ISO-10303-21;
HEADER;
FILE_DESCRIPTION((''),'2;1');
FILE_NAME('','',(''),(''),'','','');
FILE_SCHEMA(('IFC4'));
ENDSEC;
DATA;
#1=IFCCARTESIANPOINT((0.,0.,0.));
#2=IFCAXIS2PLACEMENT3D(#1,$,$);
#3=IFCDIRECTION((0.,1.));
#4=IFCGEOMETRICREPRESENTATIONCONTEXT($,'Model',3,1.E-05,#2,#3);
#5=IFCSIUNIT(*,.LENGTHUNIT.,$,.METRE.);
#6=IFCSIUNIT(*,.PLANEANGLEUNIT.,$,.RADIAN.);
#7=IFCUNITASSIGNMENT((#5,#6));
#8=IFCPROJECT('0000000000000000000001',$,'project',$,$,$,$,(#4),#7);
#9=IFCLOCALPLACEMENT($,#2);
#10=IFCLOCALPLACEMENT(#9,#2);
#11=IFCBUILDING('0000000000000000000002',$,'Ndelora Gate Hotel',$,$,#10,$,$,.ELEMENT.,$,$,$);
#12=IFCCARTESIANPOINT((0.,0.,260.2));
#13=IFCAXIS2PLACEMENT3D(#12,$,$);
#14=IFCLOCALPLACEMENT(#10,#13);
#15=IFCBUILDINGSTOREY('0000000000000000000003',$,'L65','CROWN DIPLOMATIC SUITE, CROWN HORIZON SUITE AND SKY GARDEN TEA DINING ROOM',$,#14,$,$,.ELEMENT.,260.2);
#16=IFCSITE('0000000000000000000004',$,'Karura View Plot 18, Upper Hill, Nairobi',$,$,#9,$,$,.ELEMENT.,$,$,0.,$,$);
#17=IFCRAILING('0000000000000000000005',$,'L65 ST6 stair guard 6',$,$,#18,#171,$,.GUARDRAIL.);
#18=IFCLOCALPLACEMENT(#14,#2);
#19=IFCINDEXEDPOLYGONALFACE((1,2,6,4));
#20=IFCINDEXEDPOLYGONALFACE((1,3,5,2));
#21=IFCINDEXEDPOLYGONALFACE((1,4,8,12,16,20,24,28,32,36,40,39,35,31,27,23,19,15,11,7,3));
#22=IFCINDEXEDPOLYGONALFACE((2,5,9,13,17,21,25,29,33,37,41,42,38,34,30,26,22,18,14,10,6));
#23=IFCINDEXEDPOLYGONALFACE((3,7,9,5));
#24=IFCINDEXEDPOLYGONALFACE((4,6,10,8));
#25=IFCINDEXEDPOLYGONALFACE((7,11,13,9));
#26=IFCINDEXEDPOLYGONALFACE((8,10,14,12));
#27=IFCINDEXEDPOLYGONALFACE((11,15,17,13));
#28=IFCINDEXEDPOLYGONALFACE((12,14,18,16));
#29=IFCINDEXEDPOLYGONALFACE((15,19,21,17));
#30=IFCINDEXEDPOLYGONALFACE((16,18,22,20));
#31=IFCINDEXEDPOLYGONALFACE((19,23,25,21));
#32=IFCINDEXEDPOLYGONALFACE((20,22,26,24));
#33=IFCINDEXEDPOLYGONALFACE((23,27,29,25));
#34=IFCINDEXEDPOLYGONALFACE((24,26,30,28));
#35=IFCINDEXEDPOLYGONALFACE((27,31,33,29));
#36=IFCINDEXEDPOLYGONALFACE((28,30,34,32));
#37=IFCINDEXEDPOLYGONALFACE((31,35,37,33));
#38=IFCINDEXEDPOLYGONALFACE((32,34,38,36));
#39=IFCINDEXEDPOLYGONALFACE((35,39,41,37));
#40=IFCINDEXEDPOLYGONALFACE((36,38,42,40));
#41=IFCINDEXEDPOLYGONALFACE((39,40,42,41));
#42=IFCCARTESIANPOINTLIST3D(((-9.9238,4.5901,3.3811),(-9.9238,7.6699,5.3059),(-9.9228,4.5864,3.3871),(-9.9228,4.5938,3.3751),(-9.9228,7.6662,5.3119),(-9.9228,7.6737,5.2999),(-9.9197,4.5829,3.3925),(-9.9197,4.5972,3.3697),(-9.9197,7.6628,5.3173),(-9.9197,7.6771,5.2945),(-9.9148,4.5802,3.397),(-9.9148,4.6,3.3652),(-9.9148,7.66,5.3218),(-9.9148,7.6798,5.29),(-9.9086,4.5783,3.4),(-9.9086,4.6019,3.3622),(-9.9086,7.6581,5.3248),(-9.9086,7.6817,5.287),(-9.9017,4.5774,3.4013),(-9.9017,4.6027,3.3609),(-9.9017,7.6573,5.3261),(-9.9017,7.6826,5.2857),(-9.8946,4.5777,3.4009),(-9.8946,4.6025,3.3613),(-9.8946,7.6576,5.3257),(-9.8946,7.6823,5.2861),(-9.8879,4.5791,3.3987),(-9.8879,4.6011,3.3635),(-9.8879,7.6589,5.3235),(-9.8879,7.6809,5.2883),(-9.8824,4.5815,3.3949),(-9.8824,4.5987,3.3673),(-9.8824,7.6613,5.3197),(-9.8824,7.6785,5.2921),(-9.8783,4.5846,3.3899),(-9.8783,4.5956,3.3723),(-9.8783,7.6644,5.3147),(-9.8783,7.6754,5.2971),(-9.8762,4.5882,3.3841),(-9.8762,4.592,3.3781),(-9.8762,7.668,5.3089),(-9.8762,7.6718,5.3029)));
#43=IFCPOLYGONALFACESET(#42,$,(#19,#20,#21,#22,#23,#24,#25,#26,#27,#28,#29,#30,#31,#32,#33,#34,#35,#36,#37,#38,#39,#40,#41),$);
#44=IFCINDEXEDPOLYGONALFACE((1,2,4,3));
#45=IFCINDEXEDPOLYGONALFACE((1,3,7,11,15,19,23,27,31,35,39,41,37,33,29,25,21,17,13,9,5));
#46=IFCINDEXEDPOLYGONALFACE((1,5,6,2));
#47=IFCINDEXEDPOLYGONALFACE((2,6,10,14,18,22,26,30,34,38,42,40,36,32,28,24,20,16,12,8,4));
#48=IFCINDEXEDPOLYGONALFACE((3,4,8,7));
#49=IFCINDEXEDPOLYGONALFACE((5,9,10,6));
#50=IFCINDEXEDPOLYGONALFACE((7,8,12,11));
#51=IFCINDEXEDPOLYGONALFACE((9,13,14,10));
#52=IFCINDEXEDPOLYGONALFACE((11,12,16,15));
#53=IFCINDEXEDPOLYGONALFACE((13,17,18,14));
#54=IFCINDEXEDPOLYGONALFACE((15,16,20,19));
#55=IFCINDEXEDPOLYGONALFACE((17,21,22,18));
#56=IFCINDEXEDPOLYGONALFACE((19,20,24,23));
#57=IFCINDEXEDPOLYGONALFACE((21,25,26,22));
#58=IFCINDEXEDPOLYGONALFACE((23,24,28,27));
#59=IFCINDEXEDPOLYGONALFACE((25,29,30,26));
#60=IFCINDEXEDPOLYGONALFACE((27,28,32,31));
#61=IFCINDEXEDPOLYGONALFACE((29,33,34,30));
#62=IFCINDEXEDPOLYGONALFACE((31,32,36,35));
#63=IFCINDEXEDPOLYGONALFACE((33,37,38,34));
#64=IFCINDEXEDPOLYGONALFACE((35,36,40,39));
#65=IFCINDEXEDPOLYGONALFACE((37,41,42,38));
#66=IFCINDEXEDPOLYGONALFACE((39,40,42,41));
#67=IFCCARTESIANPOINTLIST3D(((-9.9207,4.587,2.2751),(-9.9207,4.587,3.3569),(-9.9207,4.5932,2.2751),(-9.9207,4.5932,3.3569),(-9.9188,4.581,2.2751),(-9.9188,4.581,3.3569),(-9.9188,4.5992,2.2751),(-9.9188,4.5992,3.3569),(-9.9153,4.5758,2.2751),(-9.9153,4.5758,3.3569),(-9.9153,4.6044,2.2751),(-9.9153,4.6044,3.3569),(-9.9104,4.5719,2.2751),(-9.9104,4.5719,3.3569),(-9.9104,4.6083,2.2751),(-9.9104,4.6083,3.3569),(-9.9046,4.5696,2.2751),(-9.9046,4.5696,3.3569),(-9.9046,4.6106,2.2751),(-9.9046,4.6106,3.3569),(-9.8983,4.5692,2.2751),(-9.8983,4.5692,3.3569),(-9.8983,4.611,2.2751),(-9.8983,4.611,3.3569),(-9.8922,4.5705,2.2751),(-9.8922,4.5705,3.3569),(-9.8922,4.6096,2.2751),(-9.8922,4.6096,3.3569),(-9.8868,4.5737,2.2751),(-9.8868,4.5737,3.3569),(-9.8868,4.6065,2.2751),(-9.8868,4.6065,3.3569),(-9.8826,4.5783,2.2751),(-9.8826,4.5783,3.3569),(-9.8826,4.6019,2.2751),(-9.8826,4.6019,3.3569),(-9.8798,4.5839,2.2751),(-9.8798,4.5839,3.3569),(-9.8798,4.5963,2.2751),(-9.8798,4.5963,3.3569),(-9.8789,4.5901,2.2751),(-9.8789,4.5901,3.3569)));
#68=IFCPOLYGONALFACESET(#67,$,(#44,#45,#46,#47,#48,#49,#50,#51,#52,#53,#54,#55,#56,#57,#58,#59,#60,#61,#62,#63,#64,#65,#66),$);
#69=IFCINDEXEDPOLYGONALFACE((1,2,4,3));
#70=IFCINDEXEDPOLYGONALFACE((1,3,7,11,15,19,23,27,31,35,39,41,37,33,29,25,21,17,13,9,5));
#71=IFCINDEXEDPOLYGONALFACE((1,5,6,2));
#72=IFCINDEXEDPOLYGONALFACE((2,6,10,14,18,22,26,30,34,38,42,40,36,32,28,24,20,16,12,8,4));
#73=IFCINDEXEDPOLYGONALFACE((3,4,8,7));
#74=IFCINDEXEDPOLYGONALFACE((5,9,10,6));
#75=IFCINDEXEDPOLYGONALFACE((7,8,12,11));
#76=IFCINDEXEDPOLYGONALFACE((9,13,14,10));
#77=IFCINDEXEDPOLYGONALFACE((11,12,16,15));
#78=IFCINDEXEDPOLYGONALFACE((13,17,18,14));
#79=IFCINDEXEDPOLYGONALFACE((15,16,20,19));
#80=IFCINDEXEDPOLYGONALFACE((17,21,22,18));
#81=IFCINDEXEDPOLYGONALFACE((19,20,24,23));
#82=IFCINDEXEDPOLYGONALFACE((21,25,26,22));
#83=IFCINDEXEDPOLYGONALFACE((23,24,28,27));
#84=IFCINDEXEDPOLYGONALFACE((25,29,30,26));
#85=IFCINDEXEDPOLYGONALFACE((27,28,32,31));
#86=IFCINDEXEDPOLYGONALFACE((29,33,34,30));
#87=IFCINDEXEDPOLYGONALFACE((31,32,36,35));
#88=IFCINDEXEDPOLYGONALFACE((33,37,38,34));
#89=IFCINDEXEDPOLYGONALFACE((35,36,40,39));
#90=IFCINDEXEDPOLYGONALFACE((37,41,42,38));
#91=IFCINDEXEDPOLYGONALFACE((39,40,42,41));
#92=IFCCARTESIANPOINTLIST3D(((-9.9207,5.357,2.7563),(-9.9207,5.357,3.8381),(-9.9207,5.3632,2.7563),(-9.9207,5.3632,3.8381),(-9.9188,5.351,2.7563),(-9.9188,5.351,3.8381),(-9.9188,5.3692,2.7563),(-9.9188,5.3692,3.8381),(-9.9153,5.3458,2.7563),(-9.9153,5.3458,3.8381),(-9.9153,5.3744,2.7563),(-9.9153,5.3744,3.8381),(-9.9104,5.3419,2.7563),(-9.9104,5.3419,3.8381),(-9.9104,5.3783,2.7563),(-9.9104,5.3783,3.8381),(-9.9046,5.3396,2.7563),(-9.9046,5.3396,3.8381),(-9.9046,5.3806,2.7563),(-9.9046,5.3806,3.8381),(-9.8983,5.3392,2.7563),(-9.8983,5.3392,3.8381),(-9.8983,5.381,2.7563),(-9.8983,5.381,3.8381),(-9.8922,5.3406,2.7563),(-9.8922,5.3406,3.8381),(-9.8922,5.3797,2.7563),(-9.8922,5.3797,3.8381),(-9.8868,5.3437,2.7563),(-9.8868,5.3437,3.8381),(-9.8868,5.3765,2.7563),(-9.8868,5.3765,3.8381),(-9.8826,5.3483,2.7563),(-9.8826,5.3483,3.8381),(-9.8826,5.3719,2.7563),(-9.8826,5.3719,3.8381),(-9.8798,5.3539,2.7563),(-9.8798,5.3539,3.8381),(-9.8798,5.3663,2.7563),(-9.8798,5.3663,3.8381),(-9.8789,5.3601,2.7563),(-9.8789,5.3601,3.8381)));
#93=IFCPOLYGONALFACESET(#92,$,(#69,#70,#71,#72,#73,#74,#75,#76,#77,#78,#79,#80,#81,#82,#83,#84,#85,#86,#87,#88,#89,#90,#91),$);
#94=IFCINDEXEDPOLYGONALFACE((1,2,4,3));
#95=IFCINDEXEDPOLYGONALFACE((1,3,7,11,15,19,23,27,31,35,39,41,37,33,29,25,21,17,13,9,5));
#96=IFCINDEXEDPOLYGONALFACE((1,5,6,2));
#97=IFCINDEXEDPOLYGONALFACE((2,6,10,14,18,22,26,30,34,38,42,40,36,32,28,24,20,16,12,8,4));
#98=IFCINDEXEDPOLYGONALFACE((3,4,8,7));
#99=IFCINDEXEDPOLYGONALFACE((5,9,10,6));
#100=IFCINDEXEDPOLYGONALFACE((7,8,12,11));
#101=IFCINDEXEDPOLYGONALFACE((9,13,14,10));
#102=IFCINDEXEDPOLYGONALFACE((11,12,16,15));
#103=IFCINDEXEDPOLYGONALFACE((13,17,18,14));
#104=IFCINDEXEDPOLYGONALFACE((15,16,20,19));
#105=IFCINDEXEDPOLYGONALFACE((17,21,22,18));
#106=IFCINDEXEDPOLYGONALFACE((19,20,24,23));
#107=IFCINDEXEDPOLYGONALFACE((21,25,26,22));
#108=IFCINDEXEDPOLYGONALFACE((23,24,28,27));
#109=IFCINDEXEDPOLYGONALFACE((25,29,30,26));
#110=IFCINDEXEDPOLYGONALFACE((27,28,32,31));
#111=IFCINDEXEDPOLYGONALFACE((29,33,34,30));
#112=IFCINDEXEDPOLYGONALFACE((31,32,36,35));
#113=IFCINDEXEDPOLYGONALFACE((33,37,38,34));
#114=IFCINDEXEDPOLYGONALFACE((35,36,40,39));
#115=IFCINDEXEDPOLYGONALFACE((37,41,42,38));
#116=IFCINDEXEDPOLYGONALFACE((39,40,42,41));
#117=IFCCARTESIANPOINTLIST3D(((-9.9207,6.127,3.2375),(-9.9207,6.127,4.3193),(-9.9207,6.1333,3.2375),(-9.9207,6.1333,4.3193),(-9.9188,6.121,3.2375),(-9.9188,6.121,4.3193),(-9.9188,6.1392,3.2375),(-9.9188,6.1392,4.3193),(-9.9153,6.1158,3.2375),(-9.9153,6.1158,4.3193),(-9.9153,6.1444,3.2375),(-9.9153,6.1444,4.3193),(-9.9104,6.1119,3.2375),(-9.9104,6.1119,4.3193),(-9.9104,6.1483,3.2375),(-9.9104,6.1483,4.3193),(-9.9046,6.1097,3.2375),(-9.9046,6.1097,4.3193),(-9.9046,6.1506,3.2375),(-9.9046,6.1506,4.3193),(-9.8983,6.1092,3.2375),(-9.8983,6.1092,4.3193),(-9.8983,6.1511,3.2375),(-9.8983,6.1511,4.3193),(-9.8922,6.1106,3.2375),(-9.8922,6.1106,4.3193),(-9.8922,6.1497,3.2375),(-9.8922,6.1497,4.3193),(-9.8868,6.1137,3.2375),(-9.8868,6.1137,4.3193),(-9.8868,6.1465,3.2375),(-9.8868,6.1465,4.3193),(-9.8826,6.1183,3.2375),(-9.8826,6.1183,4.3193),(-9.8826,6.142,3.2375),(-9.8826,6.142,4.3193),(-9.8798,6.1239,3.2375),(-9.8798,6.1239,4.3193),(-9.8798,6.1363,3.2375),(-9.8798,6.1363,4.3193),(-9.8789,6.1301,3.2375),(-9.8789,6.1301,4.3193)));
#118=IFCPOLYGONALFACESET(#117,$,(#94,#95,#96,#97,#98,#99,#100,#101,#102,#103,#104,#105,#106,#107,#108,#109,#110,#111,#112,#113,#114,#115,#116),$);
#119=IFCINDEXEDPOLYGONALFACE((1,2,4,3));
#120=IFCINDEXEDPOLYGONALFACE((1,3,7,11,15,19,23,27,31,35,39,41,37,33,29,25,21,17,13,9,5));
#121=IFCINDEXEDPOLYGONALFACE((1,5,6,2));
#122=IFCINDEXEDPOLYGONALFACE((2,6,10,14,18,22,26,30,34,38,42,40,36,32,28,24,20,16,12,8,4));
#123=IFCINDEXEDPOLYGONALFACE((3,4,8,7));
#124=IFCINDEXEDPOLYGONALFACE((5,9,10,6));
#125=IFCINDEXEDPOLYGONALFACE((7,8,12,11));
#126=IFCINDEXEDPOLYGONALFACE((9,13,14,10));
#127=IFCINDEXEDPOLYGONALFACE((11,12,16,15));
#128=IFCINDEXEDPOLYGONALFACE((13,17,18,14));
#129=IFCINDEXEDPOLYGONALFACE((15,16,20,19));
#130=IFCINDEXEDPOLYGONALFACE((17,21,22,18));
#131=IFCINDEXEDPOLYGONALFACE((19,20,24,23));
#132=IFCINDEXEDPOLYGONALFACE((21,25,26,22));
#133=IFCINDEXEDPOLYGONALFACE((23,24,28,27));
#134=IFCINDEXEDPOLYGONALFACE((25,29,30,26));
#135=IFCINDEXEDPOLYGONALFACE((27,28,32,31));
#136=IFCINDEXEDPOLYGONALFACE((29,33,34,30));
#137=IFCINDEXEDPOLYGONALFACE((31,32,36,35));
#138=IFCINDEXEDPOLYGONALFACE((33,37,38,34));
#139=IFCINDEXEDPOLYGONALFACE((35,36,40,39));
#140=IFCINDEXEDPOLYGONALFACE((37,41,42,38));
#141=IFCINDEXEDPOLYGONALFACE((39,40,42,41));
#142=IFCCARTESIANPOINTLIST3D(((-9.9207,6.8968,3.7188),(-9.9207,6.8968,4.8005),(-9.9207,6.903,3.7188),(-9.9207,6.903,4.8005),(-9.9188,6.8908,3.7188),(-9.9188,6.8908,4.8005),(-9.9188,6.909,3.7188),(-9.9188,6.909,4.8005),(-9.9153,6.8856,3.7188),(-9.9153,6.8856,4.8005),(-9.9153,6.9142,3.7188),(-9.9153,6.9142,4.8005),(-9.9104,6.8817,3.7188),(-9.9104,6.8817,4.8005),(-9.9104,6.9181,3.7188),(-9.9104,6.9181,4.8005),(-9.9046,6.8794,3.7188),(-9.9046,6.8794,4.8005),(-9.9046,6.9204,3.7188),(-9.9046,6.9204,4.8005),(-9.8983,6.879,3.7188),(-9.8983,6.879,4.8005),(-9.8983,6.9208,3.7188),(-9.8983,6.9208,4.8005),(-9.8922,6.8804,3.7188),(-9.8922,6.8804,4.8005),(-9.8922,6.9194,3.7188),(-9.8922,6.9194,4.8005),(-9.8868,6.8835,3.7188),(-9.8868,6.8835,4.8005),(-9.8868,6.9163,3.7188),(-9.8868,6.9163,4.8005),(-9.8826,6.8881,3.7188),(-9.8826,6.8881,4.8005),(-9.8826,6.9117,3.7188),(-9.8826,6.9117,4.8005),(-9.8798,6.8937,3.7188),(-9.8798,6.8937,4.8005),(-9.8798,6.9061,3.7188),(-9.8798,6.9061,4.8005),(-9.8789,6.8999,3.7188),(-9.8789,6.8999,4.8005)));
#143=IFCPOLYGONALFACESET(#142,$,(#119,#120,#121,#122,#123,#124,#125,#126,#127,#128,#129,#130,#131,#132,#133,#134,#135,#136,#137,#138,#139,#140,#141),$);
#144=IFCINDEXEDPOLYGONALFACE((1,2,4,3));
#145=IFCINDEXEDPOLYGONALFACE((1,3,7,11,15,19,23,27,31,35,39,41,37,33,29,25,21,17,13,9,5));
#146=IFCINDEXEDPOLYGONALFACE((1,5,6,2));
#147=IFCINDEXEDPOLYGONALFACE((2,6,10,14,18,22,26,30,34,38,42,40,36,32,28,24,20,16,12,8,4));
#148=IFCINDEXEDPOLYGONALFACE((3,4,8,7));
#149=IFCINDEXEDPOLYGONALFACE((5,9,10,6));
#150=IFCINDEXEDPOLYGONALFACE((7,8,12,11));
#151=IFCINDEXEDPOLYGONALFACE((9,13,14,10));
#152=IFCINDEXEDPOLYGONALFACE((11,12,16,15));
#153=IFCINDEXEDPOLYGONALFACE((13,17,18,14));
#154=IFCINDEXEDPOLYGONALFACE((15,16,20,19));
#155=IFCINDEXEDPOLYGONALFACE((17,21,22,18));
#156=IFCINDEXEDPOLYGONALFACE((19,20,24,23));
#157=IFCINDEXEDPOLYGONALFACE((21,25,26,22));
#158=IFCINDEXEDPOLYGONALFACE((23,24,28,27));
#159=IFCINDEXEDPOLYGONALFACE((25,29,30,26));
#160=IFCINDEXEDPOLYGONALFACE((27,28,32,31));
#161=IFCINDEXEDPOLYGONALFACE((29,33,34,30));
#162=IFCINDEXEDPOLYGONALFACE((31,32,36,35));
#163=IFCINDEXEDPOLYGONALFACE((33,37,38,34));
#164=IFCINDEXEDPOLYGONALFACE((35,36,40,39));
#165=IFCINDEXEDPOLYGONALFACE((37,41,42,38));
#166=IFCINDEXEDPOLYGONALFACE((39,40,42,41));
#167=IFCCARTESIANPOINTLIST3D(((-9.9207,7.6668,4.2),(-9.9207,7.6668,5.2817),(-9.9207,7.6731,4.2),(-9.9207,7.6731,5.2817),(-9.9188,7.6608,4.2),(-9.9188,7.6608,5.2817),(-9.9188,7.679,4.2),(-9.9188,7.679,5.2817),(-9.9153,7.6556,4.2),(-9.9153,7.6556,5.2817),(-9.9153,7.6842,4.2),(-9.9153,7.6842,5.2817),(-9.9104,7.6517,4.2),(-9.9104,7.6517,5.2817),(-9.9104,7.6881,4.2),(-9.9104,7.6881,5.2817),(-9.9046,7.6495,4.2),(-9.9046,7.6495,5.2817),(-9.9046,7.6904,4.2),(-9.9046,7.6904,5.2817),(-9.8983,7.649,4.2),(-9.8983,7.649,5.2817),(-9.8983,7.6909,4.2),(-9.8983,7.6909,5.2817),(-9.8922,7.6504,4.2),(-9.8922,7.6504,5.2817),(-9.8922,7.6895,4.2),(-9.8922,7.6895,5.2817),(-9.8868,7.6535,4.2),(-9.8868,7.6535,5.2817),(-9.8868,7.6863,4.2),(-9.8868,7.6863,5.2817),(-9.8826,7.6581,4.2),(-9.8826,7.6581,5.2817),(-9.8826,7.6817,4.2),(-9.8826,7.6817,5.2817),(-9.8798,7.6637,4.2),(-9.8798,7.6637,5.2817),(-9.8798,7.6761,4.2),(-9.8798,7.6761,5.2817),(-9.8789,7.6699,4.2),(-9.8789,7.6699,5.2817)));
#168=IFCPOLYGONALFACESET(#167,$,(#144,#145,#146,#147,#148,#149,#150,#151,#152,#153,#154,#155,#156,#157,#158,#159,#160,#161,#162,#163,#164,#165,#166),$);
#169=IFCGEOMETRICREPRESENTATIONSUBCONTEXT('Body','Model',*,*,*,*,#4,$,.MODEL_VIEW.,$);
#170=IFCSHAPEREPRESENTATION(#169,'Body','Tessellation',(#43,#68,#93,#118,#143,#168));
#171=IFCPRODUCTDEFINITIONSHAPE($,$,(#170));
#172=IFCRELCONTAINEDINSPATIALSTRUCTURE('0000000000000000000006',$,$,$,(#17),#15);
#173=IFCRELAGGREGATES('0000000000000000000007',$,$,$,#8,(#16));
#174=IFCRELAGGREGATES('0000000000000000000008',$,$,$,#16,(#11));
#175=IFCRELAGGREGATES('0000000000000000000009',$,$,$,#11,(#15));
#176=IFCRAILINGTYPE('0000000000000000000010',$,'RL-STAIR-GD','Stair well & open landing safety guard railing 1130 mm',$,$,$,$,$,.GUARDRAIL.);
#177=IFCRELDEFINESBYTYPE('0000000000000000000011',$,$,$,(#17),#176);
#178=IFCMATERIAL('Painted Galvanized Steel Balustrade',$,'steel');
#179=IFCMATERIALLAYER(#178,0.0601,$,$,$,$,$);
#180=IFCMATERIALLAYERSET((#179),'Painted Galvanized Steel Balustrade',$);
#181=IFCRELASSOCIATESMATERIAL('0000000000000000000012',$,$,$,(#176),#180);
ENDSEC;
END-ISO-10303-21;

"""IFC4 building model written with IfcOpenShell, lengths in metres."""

from ifc_helpers import new_model, si_unit, direction, frame, origin, origin_2d, place, context, subcontext, project, spatial, circle, extrude, material, layer, layer_set, type_object, element, save


model = new_model("IFC4")

# Units and contexts
model_context = context("Model", 3, precision=1e-05, world=origin(), true_north=direction((0.0, 1.0)))
body_context = subcontext(model_context, "Body", "Model", "MODEL_VIEW")
ifc_project = project(units=[si_unit("LENGTHUNIT", "METRE"), si_unit("PLANEANGLEUNIT", "RADIAN")], contexts=[model_context])

# Site, building, storey
site_placement = place(None, origin())
site = spatial("IfcSite", under=ifc_project, at=site_placement, Name="Karura View Plot 18, Upper Hill, Nairobi", CompositionType="ELEMENT", RefElevation=0.0)
building_placement = place(site_placement, origin())
building = spatial("IfcBuilding", under=site, at=building_placement, Name="Ndelora Gate Hotel", CompositionType="ELEMENT")
storey_placement = place(building_placement, frame((0.0, 0.0, 260.2)))
storey = spatial("IfcBuildingStorey", under=building, at=storey_placement, Name="L65", Description="CROWN DIPLOMATIC SUITE, CROWN HORIZON SUITE AND SKY GARDEN TEA DINING ROOM", CompositionType="ELEMENT", Elevation=260.2)

# Railing
ifc_material_1 = material(Name="Painted Galvanized Steel Balustrade", Category="steel")
ifc_layer_1 = layer(ifc_material_1, 0.0601)
ifc_layer_set_1 = layer_set([ifc_layer_1], Name="Painted Galvanized Steel Balustrade")
railing_type = type_object("IfcRailingType", Name="RL-STAIR-GD", Description="Stair well & open landing safety guard railing 1130 mm", PredefinedType="GUARDRAIL", material=ifc_layer_set_1)
railing_1_placement = place(storey_placement, frame((-9.8999, 4.5901, 2.2751)))
element("IfcRailing", 1, at=railing_1_placement, inside=storey, type_object=railing_type, Name="L65 ST6 stair guard 6", PredefinedType="GUARDRAIL", context=body_context, shape_type="SweptSolid", body=[
    extrude(circle(Radius=0.0239, at=origin_2d()), frame((0.0, 0.0, 1.106), z_axis=(0.0, 0.84801, 0.529981), x_axis=(-1.0, 0.0, 0.0)), (0.0, 0.0, 1.0), 3.6318),
    extrude(circle(Radius=0.021, at=origin_2d()), origin(), (0.0, 0.0, 1.0), 1.0818),
    extrude(circle(Radius=0.021, at=origin_2d()), frame((0.0, 0.77, 0.4812)), (0.0, 0.0, 1.0), 1.0818),
    extrude(circle(Radius=0.021, at=origin_2d()), frame((0.0, 1.54, 0.9624)), (0.0, 0.0, 1.0), 1.0818),
    extrude(circle(Radius=0.021, at=origin_2d()), frame((0.0, 2.3098, 1.4436)), (0.0, 0.0, 1.0), 1.0818),
    extrude(circle(Radius=0.021, at=origin_2d()), frame((0.0, 3.0798, 1.9248)), (0.0, 0.0, 1.0), 1.0818),
])

save(model, "model.ifc")
